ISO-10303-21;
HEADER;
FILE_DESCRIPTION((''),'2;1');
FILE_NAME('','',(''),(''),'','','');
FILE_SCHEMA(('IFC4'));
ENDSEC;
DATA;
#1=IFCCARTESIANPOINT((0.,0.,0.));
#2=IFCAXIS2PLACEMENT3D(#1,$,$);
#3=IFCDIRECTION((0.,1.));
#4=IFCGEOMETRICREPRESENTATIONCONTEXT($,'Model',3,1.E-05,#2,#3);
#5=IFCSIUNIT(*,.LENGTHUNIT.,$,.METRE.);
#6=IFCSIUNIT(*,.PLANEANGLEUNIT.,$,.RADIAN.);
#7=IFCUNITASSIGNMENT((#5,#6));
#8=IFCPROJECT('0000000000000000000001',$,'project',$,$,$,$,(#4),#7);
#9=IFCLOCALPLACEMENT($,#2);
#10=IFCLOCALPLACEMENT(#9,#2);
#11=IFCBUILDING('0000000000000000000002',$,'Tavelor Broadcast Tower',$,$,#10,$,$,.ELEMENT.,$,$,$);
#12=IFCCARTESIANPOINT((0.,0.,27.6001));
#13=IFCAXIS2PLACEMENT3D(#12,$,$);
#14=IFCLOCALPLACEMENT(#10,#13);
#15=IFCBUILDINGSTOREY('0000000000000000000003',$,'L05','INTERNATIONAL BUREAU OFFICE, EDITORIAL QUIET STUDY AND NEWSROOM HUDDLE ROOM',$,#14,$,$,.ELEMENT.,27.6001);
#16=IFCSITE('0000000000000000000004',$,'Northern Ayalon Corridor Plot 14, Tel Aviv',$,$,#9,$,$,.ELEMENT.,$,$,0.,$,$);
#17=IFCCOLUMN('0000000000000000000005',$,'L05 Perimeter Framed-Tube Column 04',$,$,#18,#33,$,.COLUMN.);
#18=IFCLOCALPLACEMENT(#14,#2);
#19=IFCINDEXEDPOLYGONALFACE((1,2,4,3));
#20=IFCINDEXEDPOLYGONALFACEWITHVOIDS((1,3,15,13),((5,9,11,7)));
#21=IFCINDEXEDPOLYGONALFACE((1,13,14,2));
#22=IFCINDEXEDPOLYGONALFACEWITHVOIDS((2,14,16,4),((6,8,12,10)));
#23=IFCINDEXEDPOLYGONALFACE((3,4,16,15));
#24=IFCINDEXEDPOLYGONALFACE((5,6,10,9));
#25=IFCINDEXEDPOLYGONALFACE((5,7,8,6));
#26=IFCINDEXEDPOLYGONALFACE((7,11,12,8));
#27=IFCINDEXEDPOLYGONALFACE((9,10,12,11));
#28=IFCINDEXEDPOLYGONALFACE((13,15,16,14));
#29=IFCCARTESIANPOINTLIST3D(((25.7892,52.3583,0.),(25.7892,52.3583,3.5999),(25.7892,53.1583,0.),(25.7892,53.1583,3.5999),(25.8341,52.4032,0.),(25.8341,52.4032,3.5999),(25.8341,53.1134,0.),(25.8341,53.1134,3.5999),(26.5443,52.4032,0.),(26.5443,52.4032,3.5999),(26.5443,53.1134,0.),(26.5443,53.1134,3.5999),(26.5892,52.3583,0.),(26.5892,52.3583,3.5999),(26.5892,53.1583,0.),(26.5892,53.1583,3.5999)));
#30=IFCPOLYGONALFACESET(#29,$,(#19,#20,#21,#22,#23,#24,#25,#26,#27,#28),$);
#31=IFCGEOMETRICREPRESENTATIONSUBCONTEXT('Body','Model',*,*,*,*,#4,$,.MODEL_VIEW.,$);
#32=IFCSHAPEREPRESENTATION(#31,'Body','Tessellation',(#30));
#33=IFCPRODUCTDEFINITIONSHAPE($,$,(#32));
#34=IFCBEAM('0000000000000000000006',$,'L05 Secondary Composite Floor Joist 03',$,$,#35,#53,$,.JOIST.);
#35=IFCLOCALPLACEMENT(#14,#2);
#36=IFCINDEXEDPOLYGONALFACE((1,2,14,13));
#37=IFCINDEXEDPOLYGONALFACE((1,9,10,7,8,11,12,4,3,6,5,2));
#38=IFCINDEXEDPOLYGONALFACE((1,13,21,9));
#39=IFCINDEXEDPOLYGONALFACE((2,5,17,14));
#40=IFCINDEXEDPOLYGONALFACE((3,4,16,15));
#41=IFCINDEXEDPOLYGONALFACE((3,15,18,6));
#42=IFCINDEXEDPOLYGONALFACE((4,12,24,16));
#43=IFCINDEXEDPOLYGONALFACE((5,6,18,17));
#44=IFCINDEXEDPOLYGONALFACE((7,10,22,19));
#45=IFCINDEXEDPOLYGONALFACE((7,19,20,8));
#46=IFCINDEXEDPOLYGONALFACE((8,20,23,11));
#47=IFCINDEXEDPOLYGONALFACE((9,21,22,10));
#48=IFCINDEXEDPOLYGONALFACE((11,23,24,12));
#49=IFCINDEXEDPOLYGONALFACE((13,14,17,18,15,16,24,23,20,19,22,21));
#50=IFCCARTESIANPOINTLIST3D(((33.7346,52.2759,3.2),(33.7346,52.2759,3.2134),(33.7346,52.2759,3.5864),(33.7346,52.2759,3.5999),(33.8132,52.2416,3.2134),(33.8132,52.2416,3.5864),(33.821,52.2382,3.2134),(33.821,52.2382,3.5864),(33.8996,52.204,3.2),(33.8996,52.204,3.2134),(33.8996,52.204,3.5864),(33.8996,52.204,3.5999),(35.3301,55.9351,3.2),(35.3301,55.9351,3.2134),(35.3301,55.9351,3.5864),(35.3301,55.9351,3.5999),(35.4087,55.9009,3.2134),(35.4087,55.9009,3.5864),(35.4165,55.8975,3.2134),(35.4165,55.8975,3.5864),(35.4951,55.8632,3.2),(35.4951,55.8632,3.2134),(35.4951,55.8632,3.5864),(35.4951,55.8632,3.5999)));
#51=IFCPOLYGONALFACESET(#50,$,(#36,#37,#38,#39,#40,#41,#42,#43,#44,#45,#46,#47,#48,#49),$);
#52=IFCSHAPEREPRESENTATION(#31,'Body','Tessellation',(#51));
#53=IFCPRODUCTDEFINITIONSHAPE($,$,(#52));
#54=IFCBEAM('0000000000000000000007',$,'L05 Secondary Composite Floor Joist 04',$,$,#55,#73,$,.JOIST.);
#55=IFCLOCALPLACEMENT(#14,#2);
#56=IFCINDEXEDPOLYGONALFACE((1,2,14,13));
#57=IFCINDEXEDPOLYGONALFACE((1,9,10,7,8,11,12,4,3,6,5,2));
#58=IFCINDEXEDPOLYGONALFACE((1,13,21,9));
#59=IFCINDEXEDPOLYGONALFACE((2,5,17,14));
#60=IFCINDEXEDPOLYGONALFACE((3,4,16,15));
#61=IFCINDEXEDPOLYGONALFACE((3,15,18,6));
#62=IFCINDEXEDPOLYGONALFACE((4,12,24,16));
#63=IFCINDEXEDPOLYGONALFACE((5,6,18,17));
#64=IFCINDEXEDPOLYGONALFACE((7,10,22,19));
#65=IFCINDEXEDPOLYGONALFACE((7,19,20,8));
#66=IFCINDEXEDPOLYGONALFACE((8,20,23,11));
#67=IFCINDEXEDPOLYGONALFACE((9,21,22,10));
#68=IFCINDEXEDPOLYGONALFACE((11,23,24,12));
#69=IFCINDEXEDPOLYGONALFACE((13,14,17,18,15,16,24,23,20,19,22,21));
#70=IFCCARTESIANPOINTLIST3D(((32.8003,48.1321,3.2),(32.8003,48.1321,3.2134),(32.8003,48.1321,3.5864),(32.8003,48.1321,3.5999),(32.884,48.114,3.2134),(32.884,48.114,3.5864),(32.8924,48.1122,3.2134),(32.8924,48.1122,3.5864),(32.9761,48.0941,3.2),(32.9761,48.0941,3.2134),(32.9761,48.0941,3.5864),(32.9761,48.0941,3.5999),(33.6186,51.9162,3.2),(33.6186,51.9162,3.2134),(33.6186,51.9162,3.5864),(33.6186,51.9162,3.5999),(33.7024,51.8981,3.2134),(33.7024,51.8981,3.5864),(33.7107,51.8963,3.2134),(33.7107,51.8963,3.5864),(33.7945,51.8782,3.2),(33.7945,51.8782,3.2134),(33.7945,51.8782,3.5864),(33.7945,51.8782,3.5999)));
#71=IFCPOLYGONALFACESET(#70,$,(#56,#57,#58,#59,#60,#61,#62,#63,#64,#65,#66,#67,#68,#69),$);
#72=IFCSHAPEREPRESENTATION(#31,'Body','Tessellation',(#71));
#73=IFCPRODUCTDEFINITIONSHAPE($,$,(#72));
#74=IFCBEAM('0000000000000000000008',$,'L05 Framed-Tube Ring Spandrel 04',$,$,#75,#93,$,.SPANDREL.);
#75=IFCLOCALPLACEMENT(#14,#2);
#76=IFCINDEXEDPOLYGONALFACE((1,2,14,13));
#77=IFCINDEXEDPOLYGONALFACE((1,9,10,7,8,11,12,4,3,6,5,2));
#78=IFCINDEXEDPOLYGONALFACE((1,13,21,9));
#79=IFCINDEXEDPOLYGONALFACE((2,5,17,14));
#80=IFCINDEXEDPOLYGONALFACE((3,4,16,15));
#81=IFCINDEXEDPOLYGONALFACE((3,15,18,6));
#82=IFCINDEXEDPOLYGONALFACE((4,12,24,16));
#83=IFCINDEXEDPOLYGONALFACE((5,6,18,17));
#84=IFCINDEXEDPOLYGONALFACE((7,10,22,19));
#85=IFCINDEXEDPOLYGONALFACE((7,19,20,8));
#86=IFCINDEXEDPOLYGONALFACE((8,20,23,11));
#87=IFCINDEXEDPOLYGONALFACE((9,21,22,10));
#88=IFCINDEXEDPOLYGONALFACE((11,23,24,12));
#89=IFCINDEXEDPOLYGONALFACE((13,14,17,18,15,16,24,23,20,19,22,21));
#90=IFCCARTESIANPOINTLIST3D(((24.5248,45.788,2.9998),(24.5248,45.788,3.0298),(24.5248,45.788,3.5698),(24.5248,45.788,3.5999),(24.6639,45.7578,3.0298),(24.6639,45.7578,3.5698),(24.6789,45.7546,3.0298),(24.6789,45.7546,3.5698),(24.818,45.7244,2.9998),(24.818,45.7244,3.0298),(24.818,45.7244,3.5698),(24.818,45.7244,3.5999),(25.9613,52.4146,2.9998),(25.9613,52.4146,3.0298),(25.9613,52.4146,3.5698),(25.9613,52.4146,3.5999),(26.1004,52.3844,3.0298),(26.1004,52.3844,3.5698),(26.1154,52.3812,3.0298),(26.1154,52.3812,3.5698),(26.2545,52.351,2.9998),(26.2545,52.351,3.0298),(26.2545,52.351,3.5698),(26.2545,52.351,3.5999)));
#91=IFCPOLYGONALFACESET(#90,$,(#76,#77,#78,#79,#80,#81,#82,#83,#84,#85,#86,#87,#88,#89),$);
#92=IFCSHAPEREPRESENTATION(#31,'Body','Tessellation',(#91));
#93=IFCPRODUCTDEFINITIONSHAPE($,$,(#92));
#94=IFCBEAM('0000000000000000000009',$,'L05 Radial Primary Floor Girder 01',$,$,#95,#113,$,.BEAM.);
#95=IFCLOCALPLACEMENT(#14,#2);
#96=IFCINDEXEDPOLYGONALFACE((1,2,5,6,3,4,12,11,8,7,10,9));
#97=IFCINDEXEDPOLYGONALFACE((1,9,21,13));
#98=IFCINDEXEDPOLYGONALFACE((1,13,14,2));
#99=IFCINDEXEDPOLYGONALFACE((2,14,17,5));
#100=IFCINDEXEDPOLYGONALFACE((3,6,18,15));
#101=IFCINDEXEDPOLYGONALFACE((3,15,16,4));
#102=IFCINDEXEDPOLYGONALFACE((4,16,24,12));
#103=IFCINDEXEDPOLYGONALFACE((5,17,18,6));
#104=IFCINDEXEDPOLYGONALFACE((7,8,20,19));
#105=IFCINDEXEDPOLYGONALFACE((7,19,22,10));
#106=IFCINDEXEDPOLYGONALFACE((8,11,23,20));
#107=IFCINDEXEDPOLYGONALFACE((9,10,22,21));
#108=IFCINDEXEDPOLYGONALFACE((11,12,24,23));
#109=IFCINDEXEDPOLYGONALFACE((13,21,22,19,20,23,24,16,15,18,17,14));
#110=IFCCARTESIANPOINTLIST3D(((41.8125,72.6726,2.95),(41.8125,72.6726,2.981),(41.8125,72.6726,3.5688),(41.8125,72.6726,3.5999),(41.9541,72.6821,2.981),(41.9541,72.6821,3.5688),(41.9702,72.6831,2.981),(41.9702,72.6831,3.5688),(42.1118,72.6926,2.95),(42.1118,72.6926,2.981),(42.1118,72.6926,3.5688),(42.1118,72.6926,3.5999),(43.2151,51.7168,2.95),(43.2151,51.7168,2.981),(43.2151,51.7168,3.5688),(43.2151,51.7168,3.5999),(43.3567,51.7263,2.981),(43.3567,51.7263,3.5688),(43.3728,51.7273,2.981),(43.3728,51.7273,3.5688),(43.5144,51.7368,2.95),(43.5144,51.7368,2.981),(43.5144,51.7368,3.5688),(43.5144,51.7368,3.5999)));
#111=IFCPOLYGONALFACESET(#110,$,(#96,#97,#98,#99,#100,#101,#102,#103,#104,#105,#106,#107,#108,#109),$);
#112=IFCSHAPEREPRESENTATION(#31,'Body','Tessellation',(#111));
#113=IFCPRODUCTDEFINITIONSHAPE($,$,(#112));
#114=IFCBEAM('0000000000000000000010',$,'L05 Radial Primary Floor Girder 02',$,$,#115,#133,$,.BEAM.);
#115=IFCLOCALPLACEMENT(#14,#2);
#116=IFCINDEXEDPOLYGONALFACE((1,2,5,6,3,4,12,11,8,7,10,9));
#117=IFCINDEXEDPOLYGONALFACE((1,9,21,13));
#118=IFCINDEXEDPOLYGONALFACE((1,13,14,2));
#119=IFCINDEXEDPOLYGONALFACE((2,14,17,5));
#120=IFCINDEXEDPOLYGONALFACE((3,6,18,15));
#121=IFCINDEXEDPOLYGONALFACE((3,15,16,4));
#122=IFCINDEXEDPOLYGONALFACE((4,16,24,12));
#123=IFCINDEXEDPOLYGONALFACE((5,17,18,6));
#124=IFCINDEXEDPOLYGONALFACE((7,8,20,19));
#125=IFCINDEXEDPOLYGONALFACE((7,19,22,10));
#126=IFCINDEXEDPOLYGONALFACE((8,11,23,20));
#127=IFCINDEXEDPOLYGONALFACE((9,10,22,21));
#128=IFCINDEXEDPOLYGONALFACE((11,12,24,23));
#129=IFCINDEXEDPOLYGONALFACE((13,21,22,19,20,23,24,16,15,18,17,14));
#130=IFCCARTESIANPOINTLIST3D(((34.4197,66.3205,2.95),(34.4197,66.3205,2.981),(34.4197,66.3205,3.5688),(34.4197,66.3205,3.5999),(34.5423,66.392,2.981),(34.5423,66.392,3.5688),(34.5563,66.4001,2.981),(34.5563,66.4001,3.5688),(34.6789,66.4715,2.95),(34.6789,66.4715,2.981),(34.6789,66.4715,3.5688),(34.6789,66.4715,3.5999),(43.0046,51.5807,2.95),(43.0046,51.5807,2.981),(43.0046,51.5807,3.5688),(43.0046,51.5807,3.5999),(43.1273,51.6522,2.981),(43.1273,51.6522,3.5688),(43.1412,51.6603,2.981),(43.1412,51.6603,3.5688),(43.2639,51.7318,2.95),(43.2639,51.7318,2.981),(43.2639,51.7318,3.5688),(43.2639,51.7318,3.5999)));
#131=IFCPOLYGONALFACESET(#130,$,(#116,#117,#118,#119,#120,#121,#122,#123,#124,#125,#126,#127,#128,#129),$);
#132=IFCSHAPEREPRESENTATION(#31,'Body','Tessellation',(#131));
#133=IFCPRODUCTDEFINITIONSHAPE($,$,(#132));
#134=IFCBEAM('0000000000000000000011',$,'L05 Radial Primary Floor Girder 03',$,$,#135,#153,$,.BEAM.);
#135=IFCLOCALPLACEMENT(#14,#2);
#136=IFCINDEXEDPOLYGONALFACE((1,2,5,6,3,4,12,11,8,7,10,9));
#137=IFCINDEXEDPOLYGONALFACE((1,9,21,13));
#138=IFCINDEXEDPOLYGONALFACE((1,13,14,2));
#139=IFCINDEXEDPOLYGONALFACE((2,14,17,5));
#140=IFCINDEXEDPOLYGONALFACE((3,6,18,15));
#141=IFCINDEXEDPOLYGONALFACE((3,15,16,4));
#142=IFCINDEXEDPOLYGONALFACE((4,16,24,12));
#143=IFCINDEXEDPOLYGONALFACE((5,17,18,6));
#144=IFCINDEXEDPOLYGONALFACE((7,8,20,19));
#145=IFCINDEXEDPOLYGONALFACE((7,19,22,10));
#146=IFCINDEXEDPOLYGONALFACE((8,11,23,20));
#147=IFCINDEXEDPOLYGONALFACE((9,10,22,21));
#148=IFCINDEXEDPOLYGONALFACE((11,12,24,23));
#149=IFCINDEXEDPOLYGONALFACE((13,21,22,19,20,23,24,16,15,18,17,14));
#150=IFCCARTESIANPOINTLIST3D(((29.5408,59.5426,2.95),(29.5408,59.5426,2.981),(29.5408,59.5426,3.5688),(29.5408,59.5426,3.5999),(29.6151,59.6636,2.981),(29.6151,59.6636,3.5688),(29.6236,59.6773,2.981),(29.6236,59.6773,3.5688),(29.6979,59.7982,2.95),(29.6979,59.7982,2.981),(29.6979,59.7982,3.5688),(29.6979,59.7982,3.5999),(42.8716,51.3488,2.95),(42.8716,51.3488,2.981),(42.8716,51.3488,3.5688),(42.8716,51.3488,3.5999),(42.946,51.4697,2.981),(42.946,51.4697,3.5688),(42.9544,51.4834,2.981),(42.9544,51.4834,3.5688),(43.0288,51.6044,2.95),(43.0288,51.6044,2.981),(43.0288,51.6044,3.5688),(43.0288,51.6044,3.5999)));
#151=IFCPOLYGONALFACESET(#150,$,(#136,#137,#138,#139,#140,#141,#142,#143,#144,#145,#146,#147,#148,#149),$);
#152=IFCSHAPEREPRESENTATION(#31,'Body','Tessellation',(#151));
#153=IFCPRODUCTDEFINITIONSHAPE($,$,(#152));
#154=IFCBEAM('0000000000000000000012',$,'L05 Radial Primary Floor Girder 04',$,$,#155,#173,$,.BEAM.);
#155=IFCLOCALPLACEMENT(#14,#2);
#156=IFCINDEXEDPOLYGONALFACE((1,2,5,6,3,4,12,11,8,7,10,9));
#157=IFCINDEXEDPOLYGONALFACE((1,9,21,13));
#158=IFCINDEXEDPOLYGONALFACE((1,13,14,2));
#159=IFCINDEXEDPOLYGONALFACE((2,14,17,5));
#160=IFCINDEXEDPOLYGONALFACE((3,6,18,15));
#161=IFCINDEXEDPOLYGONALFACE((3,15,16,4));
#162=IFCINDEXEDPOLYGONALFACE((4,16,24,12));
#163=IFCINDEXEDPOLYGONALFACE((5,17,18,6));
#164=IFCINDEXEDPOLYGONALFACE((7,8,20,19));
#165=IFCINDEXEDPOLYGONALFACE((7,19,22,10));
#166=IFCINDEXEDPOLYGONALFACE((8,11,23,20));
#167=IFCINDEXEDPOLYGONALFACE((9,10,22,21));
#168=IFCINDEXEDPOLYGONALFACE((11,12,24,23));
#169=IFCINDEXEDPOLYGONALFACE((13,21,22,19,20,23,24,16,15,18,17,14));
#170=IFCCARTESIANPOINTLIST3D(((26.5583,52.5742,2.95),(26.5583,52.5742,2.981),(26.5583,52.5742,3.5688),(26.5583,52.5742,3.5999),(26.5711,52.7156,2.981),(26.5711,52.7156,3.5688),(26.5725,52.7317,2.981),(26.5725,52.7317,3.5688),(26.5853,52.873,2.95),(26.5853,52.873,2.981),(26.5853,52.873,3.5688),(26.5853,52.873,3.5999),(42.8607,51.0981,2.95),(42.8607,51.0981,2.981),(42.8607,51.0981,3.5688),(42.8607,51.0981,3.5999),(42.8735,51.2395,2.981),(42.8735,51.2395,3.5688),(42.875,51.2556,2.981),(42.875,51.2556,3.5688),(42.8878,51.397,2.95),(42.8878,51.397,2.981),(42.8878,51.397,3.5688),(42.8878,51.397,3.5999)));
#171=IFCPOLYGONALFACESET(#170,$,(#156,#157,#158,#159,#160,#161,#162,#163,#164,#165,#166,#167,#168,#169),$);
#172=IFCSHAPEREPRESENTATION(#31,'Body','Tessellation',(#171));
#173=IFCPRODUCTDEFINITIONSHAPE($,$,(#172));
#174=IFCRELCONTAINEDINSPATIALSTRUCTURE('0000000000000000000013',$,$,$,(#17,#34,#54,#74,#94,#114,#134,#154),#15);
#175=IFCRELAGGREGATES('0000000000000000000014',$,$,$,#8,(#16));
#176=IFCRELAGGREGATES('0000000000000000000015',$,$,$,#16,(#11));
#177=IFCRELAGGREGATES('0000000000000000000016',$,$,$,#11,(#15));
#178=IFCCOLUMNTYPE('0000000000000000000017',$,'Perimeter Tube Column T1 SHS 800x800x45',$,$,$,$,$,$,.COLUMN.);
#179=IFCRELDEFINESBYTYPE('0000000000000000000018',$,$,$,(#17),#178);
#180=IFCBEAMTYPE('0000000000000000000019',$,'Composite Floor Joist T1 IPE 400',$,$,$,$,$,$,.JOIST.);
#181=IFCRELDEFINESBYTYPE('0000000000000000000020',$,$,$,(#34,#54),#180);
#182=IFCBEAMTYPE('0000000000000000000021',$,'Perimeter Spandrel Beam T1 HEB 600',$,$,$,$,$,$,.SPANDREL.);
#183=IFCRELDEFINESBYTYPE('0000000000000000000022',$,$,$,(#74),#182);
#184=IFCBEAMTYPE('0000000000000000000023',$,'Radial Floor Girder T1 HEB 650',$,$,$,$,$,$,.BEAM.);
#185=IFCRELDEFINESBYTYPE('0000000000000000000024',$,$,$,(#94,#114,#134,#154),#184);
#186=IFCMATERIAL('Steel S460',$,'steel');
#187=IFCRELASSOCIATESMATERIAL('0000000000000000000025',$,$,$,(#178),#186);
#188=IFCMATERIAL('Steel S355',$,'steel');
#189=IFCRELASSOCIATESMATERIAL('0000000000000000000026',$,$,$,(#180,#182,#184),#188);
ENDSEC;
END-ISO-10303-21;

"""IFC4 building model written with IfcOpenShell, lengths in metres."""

from ifc_helpers import new_model, si_unit, direction, frame, origin, origin_2d, place, context, subcontext, project, spatial, hollow_rectangle, i_section, extrude, material, material_profile, profile_set, type_object, element, save


model = new_model("IFC4")

# Units and contexts
model_context = context("Model", 3, precision=1e-05, world=origin(), true_north=direction((0.0, 1.0)))
body_context = subcontext(model_context, "Body", "Model", "MODEL_VIEW")
ifc_project = project(units=[si_unit("LENGTHUNIT", "METRE"), si_unit("PLANEANGLEUNIT", "RADIAN")], contexts=[model_context])

# Site, building, storey
site_placement = place(None, origin())
site = spatial("IfcSite", under=ifc_project, at=site_placement, Name="Northern Ayalon Corridor Plot 14, Tel Aviv", CompositionType="ELEMENT", RefElevation=0.0)
building_placement = place(site_placement, origin())
building = spatial("IfcBuilding", under=site, at=building_placement, Name="Tavelor Broadcast Tower", CompositionType="ELEMENT")
storey_placement = place(building_placement, frame((0.0, 0.0, 27.6001)))
storey = spatial("IfcBuildingStorey", under=building, at=storey_placement, Name="L05", Description="INTERNATIONAL BUREAU OFFICE, EDITORIAL QUIET STUDY AND NEWSROOM HUDDLE ROOM", CompositionType="ELEMENT", Elevation=27.6001)

# Column
ifc_material_1 = material(Name="Steel S460", Category="steel")
ifc_material_profile_1 = material_profile(ifc_material_1, hollow_rectangle(XDim=0.8, YDim=0.8, WallThickness=0.0449, at=origin_2d()), Name="SHS 800x800x45")
ifc_profile_set_1 = profile_set([ifc_material_profile_1], Name="Steel S460")
column_type = type_object("IfcColumnType", Name="Perimeter Tube Column T1 SHS 800x800x45", PredefinedType="COLUMN", material=ifc_profile_set_1)
column_placement = place(storey_placement, frame((26.1892, 52.7583, 0.0), z_axis=(0.0, 0.0, 1.0), x_axis=(1.0, 0.0, 0.0)))
element("IfcColumn", 1, at=column_placement, inside=storey, type_object=column_type, Name="L05 Perimeter Framed-Tube Column 04", PredefinedType="COLUMN", context=body_context, shape_type="SweptSolid", body=[
    extrude(hollow_rectangle(XDim=0.8, YDim=0.8, WallThickness=0.0449, at=origin_2d()), origin(), (0.0, 0.0, 1.0), 3.5999),
])

# Beams
ifc_material_2 = material(Name="Steel S355", Category="steel")
ifc_material_profile_2 = material_profile(ifc_material_2, i_section(OverallWidth=0.1799, OverallDepth=0.3999, WebThickness=0.0085, FlangeThickness=0.0134, at=origin_2d()), Name="IPE 400")
ifc_profile_set_2 = profile_set([ifc_material_profile_2], Name="Steel S355")
beam_type_1 = type_object("IfcBeamType", Name="Composite Floor Joist T1 IPE 400", PredefinedType="JOIST", material=ifc_profile_set_2)
beam_1_placement = place(storey_placement, frame((35.4126, 55.8992, 3.3999), z_axis=(-0.399676, -0.916656, 0.0), x_axis=(0.916656, -0.399676, 0.0)))
element("IfcBeam", 2, at=beam_1_placement, inside=storey, type_object=beam_type_1, Name="L05 Secondary Composite Floor Joist 03", PredefinedType="JOIST", context=body_context, shape_type="SweptSolid", body=[
    extrude(i_section(OverallWidth=0.1799, OverallDepth=0.3999, WebThickness=0.0085, FlangeThickness=0.0134, at=origin_2d()), origin(), (0.0, 0.0, 1.0), 3.9919),
])
beam_2_placement = place(storey_placement, frame((33.7065, 51.8972, 3.3999), z_axis=(-0.211372, -0.977406, 0.0), x_axis=(0.977406, -0.211372, 0.0)))
element("IfcBeam", 3, at=beam_2_placement, inside=storey, type_object=beam_type_1, Name="L05 Secondary Composite Floor Joist 04", PredefinedType="JOIST", context=body_context, shape_type="SweptSolid", body=[
    extrude(i_section(OverallWidth=0.1799, OverallDepth=0.3999, WebThickness=0.0085, FlangeThickness=0.0134, at=origin_2d()), origin(), (0.0, 0.0, 1.0), 3.8716),
])
ifc_material_profile_3 = material_profile(ifc_material_2, i_section(OverallWidth=0.3, OverallDepth=0.6001, WebThickness=0.0154, FlangeThickness=0.03, at=origin_2d()), Name="HEB 600")
ifc_profile_set_3 = profile_set([ifc_material_profile_3], Name="Steel S355")
beam_type_2 = type_object("IfcBeamType", Name="Perimeter Spandrel Beam T1 HEB 600", PredefinedType="SPANDREL", material=ifc_profile_set_3)
beam_3_placement = place(storey_placement, frame((26.1079, 52.3828, 3.2998), z_axis=(-0.211857, -0.977301, 0.0), x_axis=(0.977301, -0.211857, 0.0)))
element("IfcBeam", 4, at=beam_3_placement, inside=storey, type_object=beam_type_2, Name="L05 Framed-Tube Ring Spandrel 04", PredefinedType="SPANDREL", context=body_context, shape_type="SweptSolid", body=[
    extrude(i_section(OverallWidth=0.3, OverallDepth=0.6001, WebThickness=0.0154, FlangeThickness=0.03, at=origin_2d()), origin(), (0.0, 0.0, 1.0), 6.7805),
])
ifc_material_profile_4 = material_profile(ifc_material_2, i_section(OverallWidth=0.3, OverallDepth=0.6499, WebThickness=0.0161, FlangeThickness=0.031, at=origin_2d()), Name="HEB 650")
ifc_profile_set_4 = profile_set([ifc_material_profile_4], Name="Steel S355")
beam_type_3 = type_object("IfcBeamType", Name="Radial Floor Girder T1 HEB 650", PredefinedType="BEAM", material=ifc_profile_set_4)
beam_4_placement = place(storey_placement, frame((43.3647, 51.7268, 3.2749), z_axis=(-0.066781, 0.997768, 0.0), x_axis=(-0.997768, -0.066781, 0.0)))
element("IfcBeam", 5, at=beam_4_placement, inside=storey, type_object=beam_type_3, Name="L05 Radial Primary Floor Girder 01", PredefinedType="BEAM", context=body_context, shape_type="SweptSolid", body=[
    extrude(i_section(OverallWidth=0.3, OverallDepth=0.6499, WebThickness=0.0161, FlangeThickness=0.031, at=origin_2d()), origin(), (0.0, 0.0, 1.0), 21.0027),
])
beam_5_placement = place(storey_placement, frame((43.1343, 51.6562, 3.2749), z_axis=(-0.503292, 0.864116, 0.0), x_axis=(-0.864116, -0.503292, 0.0)))
element("IfcBeam", 6, at=beam_5_placement, inside=storey, type_object=beam_type_3, Name="L05 Radial Primary Floor Girder 02", PredefinedType="BEAM", context=body_context, shape_type="SweptSolid", body=[
    extrude(i_section(OverallWidth=0.3, OverallDepth=0.6499, WebThickness=0.0161, FlangeThickness=0.031, at=origin_2d()), origin(), (0.0, 0.0, 1.0), 17.0576),
])
beam_6_placement = place(storey_placement, frame((42.9502, 51.4766, 3.2749), z_axis=(-0.851936, 0.523646, 0.0), x_axis=(-0.523646, -0.851936, 0.0)))
element("IfcBeam", 7, at=beam_6_placement, inside=storey, type_object=beam_type_3, Name="L05 Radial Primary Floor Girder 03", PredefinedType="BEAM", context=body_context, shape_type="SweptSolid", body=[
    extrude(i_section(OverallWidth=0.3, OverallDepth=0.6499, WebThickness=0.0161, FlangeThickness=0.031, at=origin_2d()), origin(), (0.0, 0.0, 1.0), 15.6477),
])
beam_7_placement = place(storey_placement, frame((42.8743, 51.2476, 3.2749), z_axis=(-0.995926, 0.090174, 0.0), x_axis=(-0.090174, -0.995926, 0.0)))
element("IfcBeam", 8, at=beam_7_placement, inside=storey, type_object=beam_type_3, Name="L05 Radial Primary Floor Girder 04", PredefinedType="BEAM", context=body_context, shape_type="SweptSolid", body=[
    extrude(i_section(OverallWidth=0.3, OverallDepth=0.6499, WebThickness=0.0161, FlangeThickness=0.031, at=origin_2d()), origin(), (0.0, 0.0, 1.0), 16.3691),
])

save(model, "model.ifc")
